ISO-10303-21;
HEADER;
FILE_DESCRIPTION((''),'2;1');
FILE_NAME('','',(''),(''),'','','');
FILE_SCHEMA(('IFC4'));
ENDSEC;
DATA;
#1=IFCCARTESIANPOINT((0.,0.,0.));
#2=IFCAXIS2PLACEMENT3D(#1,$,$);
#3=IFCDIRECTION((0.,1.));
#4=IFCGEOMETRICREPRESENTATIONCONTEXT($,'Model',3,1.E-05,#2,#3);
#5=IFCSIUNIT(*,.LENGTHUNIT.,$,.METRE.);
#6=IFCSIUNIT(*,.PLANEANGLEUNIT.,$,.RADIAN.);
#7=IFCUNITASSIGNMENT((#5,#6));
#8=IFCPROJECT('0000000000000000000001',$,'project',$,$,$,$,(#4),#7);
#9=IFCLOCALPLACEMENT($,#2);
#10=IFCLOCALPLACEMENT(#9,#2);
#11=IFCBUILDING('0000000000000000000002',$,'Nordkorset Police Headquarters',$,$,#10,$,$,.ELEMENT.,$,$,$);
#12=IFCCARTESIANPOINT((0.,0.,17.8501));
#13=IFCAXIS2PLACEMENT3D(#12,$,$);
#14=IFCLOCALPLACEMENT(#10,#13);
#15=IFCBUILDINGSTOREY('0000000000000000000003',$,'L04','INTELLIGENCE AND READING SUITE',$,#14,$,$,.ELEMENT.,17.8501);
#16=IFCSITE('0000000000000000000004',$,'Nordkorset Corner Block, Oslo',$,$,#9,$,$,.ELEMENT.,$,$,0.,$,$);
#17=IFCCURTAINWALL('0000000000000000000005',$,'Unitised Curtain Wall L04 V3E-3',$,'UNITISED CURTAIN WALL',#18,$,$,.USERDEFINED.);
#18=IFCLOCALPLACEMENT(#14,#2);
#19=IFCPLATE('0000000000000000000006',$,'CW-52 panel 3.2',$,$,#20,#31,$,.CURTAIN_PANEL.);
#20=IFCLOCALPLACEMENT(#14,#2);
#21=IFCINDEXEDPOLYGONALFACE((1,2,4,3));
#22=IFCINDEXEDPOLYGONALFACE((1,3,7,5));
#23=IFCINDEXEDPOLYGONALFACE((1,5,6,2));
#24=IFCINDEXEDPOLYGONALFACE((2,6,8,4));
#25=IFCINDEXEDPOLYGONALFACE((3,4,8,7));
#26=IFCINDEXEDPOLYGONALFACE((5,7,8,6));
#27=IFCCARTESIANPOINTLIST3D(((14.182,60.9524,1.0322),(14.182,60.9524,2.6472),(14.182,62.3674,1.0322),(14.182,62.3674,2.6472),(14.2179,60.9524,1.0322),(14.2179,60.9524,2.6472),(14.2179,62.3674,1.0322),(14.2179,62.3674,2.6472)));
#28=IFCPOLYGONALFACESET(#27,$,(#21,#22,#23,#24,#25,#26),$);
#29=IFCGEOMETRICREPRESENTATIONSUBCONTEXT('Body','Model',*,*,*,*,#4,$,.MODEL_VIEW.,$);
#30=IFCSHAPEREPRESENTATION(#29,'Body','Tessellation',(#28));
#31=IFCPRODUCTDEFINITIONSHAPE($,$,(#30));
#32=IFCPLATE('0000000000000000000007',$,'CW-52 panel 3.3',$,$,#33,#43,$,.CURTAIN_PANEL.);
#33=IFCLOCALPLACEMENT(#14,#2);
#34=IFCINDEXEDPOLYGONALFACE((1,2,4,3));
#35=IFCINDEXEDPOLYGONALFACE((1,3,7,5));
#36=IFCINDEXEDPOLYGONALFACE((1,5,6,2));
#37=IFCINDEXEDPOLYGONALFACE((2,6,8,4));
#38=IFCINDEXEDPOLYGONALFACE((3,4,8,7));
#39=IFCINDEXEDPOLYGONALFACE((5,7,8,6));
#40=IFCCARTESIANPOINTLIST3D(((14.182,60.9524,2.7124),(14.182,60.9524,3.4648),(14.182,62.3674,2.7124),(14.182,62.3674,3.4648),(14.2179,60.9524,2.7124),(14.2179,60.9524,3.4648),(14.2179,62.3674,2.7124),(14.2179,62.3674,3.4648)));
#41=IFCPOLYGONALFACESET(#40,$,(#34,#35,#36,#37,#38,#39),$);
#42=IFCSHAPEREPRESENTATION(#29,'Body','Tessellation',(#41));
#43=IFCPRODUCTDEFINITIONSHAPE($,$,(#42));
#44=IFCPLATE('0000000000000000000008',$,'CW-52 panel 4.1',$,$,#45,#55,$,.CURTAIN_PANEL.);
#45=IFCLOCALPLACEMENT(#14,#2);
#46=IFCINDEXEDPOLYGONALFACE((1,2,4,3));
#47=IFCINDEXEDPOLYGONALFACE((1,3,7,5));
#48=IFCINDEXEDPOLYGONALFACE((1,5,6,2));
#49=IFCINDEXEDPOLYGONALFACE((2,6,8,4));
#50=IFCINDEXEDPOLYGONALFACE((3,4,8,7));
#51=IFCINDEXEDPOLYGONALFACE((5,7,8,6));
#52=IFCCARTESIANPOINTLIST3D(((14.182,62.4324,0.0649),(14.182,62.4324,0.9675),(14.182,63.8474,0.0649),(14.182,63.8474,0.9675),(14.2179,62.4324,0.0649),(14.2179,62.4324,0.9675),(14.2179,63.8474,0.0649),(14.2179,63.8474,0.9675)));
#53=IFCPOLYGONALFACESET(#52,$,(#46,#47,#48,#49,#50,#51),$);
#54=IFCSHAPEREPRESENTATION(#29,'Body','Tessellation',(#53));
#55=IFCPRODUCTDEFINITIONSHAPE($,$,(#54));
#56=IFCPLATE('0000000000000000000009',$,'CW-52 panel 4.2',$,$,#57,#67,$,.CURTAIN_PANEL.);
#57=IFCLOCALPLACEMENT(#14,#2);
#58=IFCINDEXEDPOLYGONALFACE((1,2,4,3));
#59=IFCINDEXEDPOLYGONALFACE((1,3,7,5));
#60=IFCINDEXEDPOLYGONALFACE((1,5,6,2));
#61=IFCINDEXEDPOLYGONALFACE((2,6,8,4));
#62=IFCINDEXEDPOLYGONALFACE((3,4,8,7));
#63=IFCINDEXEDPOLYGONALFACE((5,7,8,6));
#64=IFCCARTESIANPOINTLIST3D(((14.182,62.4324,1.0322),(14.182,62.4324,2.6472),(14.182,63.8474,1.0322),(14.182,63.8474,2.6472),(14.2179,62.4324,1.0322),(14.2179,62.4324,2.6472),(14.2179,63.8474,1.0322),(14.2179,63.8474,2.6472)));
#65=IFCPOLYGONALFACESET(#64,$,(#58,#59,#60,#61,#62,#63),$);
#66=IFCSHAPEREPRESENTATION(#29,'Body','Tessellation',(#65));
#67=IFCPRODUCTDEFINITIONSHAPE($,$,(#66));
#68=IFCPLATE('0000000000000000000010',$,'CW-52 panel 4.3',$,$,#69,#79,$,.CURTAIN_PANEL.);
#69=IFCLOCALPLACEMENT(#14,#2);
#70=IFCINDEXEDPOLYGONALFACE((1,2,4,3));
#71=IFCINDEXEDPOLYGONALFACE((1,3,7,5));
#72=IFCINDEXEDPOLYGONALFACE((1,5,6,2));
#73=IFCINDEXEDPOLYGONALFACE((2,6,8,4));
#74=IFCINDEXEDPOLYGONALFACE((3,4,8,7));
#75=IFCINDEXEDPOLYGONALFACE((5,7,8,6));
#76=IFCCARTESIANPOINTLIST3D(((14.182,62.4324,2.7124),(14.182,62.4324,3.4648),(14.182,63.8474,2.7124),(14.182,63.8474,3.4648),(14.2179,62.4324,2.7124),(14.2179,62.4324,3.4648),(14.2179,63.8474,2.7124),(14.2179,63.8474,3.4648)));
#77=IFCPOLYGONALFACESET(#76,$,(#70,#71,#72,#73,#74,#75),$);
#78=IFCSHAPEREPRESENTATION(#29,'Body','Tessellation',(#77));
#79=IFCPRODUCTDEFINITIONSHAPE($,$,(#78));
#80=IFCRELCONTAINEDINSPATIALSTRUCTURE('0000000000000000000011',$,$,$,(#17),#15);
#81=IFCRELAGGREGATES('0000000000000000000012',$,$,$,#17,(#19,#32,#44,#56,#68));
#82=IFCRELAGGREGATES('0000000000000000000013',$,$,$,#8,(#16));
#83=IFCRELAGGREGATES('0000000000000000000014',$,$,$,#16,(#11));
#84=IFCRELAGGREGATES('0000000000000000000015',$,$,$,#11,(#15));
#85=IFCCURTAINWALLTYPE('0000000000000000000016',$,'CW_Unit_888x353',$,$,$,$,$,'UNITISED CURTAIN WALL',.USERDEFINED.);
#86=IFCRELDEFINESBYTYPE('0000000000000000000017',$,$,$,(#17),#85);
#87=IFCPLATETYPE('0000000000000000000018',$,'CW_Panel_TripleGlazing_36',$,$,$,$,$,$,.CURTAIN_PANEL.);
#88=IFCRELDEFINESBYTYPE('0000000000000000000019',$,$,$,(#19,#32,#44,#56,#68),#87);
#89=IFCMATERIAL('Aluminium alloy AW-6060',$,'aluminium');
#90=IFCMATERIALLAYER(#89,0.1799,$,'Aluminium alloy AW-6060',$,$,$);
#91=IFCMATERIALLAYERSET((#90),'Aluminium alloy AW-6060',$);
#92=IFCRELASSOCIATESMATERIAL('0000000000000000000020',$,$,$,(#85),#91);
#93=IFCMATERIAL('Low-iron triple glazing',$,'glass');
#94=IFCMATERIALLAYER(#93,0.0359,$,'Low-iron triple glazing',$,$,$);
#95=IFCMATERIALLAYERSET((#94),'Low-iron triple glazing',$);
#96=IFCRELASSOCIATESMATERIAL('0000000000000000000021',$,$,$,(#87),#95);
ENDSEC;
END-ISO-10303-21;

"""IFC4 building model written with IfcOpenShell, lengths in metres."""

from ifc_helpers import new_model, si_unit, direction, frame, origin, origin_2d, place, context, subcontext, project, spatial, rectangle, extrude, material, layer, layer_set, type_object, element, aggregate, save


model = new_model("IFC4")

# Units and contexts
model_context = context("Model", 3, precision=1e-05, world=origin(), true_north=direction((0.0, 1.0)))
body_context = subcontext(model_context, "Body", "Model", "MODEL_VIEW")
ifc_project = project(units=[si_unit("LENGTHUNIT", "METRE"), si_unit("PLANEANGLEUNIT", "RADIAN")], contexts=[model_context])

# Site, building, storey
site_placement = place(None, origin())
site = spatial("IfcSite", under=ifc_project, at=site_placement, Name="Nordkorset Corner Block, Oslo", CompositionType="ELEMENT", RefElevation=0.0)
building_placement = place(site_placement, origin())
building = spatial("IfcBuilding", under=site, at=building_placement, Name="Nordkorset Police Headquarters", CompositionType="ELEMENT")
storey_placement = place(building_placement, frame((0.0, 0.0, 17.8501)))
storey = spatial("IfcBuildingStorey", under=building, at=storey_placement, Name="L04", Description="INTELLIGENCE AND READING SUITE", CompositionType="ELEMENT", Elevation=17.8501)

# Curtain wall, plates
ifc_material_1 = material(Name="Aluminium alloy AW-6060", Category="aluminium")
ifc_layer_1 = layer(ifc_material_1, 0.1799, Name="Aluminium alloy AW-6060")
ifc_layer_set_1 = layer_set([ifc_layer_1], Name="Aluminium alloy AW-6060")
curtain_wall_type = type_object("IfcCurtainWallType", Name="CW_Unit_888x353", ElementType="UNITISED CURTAIN WALL", PredefinedType="USERDEFINED", material=ifc_layer_set_1)
curtain_wall_placement = place(storey_placement, origin())
curtain_wall = element("IfcCurtainWall", 1, at=curtain_wall_placement, inside=storey, type_object=curtain_wall_type, Name="Unitised Curtain Wall L04 V3E-3", ObjectType="UNITISED CURTAIN WALL", PredefinedType="USERDEFINED")
ifc_material_2 = material(Name="Low-iron triple glazing", Category="glass")
ifc_layer_2 = layer(ifc_material_2, 0.0359, Name="Low-iron triple glazing")
ifc_layer_set_2 = layer_set([ifc_layer_2], Name="Low-iron triple glazing")
plate_type = type_object("IfcPlateType", Name="CW_Panel_TripleGlazing_36", PredefinedType="CURTAIN_PANEL", material=ifc_layer_set_2)
plate_1_placement = place(storey_placement, frame((14.2, 61.6599, 1.0322), z_axis=(0.0, 0.0, 1.0), x_axis=(0.0, 1.0, 0.0)))
plate_1 = element("IfcPlate", 2, at=plate_1_placement, type_object=plate_type, Name="CW-52 panel 3.2", PredefinedType="CURTAIN_PANEL", context=body_context, shape_type="SweptSolid", body=[
    extrude(rectangle(XDim=1.415, YDim=0.0359, at=origin_2d()), origin(), (0.0, 0.0, 1.0), 1.615),
])
plate_2_placement = place(storey_placement, frame((14.2, 61.6599, 2.7124), z_axis=(0.0, 0.0, 1.0), x_axis=(0.0, 1.0, 0.0)))
plate_2 = element("IfcPlate", 3, at=plate_2_placement, type_object=plate_type, Name="CW-52 panel 3.3", PredefinedType="CURTAIN_PANEL", context=body_context, shape_type="SweptSolid", body=[
    extrude(rectangle(XDim=1.415, YDim=0.0359, at=origin_2d()), origin(), (0.0, 0.0, 1.0), 0.7524),
])
plate_3_placement = place(storey_placement, frame((14.2, 63.1399, 0.0649), z_axis=(0.0, 0.0, 1.0), x_axis=(0.0, 1.0, 0.0)))
plate_3 = element("IfcPlate", 4, at=plate_3_placement, type_object=plate_type, Name="CW-52 panel 4.1", PredefinedType="CURTAIN_PANEL", context=body_context, shape_type="SweptSolid", body=[
    extrude(rectangle(XDim=1.415, YDim=0.0359, at=origin_2d()), origin(), (0.0, 0.0, 1.0), 0.9026),
])
plate_4_placement = place(storey_placement, frame((14.2, 63.1399, 1.0322), z_axis=(0.0, 0.0, 1.0), x_axis=(0.0, 1.0, 0.0)))
plate_4 = element("IfcPlate", 5, at=plate_4_placement, type_object=plate_type, Name="CW-52 panel 4.2", PredefinedType="CURTAIN_PANEL", context=body_context, shape_type="SweptSolid", body=[
    extrude(rectangle(XDim=1.415, YDim=0.0359, at=origin_2d()), origin(), (0.0, 0.0, 1.0), 1.615),
])
plate_5_placement = place(storey_placement, frame((14.2, 63.1399, 2.7124), z_axis=(0.0, 0.0, 1.0), x_axis=(0.0, 1.0, 0.0)))
plate_5 = element("IfcPlate", 6, at=plate_5_placement, type_object=plate_type, Name="CW-52 panel 4.3", PredefinedType="CURTAIN_PANEL", context=body_context, shape_type="SweptSolid", body=[
    extrude(rectangle(XDim=1.415, YDim=0.0359, at=origin_2d()), origin(), (0.0, 0.0, 1.0), 0.7524),
])
aggregate(curtain_wall, [plate_1, plate_2, plate_3, plate_4, plate_5])

save(model, "model.ifc")
